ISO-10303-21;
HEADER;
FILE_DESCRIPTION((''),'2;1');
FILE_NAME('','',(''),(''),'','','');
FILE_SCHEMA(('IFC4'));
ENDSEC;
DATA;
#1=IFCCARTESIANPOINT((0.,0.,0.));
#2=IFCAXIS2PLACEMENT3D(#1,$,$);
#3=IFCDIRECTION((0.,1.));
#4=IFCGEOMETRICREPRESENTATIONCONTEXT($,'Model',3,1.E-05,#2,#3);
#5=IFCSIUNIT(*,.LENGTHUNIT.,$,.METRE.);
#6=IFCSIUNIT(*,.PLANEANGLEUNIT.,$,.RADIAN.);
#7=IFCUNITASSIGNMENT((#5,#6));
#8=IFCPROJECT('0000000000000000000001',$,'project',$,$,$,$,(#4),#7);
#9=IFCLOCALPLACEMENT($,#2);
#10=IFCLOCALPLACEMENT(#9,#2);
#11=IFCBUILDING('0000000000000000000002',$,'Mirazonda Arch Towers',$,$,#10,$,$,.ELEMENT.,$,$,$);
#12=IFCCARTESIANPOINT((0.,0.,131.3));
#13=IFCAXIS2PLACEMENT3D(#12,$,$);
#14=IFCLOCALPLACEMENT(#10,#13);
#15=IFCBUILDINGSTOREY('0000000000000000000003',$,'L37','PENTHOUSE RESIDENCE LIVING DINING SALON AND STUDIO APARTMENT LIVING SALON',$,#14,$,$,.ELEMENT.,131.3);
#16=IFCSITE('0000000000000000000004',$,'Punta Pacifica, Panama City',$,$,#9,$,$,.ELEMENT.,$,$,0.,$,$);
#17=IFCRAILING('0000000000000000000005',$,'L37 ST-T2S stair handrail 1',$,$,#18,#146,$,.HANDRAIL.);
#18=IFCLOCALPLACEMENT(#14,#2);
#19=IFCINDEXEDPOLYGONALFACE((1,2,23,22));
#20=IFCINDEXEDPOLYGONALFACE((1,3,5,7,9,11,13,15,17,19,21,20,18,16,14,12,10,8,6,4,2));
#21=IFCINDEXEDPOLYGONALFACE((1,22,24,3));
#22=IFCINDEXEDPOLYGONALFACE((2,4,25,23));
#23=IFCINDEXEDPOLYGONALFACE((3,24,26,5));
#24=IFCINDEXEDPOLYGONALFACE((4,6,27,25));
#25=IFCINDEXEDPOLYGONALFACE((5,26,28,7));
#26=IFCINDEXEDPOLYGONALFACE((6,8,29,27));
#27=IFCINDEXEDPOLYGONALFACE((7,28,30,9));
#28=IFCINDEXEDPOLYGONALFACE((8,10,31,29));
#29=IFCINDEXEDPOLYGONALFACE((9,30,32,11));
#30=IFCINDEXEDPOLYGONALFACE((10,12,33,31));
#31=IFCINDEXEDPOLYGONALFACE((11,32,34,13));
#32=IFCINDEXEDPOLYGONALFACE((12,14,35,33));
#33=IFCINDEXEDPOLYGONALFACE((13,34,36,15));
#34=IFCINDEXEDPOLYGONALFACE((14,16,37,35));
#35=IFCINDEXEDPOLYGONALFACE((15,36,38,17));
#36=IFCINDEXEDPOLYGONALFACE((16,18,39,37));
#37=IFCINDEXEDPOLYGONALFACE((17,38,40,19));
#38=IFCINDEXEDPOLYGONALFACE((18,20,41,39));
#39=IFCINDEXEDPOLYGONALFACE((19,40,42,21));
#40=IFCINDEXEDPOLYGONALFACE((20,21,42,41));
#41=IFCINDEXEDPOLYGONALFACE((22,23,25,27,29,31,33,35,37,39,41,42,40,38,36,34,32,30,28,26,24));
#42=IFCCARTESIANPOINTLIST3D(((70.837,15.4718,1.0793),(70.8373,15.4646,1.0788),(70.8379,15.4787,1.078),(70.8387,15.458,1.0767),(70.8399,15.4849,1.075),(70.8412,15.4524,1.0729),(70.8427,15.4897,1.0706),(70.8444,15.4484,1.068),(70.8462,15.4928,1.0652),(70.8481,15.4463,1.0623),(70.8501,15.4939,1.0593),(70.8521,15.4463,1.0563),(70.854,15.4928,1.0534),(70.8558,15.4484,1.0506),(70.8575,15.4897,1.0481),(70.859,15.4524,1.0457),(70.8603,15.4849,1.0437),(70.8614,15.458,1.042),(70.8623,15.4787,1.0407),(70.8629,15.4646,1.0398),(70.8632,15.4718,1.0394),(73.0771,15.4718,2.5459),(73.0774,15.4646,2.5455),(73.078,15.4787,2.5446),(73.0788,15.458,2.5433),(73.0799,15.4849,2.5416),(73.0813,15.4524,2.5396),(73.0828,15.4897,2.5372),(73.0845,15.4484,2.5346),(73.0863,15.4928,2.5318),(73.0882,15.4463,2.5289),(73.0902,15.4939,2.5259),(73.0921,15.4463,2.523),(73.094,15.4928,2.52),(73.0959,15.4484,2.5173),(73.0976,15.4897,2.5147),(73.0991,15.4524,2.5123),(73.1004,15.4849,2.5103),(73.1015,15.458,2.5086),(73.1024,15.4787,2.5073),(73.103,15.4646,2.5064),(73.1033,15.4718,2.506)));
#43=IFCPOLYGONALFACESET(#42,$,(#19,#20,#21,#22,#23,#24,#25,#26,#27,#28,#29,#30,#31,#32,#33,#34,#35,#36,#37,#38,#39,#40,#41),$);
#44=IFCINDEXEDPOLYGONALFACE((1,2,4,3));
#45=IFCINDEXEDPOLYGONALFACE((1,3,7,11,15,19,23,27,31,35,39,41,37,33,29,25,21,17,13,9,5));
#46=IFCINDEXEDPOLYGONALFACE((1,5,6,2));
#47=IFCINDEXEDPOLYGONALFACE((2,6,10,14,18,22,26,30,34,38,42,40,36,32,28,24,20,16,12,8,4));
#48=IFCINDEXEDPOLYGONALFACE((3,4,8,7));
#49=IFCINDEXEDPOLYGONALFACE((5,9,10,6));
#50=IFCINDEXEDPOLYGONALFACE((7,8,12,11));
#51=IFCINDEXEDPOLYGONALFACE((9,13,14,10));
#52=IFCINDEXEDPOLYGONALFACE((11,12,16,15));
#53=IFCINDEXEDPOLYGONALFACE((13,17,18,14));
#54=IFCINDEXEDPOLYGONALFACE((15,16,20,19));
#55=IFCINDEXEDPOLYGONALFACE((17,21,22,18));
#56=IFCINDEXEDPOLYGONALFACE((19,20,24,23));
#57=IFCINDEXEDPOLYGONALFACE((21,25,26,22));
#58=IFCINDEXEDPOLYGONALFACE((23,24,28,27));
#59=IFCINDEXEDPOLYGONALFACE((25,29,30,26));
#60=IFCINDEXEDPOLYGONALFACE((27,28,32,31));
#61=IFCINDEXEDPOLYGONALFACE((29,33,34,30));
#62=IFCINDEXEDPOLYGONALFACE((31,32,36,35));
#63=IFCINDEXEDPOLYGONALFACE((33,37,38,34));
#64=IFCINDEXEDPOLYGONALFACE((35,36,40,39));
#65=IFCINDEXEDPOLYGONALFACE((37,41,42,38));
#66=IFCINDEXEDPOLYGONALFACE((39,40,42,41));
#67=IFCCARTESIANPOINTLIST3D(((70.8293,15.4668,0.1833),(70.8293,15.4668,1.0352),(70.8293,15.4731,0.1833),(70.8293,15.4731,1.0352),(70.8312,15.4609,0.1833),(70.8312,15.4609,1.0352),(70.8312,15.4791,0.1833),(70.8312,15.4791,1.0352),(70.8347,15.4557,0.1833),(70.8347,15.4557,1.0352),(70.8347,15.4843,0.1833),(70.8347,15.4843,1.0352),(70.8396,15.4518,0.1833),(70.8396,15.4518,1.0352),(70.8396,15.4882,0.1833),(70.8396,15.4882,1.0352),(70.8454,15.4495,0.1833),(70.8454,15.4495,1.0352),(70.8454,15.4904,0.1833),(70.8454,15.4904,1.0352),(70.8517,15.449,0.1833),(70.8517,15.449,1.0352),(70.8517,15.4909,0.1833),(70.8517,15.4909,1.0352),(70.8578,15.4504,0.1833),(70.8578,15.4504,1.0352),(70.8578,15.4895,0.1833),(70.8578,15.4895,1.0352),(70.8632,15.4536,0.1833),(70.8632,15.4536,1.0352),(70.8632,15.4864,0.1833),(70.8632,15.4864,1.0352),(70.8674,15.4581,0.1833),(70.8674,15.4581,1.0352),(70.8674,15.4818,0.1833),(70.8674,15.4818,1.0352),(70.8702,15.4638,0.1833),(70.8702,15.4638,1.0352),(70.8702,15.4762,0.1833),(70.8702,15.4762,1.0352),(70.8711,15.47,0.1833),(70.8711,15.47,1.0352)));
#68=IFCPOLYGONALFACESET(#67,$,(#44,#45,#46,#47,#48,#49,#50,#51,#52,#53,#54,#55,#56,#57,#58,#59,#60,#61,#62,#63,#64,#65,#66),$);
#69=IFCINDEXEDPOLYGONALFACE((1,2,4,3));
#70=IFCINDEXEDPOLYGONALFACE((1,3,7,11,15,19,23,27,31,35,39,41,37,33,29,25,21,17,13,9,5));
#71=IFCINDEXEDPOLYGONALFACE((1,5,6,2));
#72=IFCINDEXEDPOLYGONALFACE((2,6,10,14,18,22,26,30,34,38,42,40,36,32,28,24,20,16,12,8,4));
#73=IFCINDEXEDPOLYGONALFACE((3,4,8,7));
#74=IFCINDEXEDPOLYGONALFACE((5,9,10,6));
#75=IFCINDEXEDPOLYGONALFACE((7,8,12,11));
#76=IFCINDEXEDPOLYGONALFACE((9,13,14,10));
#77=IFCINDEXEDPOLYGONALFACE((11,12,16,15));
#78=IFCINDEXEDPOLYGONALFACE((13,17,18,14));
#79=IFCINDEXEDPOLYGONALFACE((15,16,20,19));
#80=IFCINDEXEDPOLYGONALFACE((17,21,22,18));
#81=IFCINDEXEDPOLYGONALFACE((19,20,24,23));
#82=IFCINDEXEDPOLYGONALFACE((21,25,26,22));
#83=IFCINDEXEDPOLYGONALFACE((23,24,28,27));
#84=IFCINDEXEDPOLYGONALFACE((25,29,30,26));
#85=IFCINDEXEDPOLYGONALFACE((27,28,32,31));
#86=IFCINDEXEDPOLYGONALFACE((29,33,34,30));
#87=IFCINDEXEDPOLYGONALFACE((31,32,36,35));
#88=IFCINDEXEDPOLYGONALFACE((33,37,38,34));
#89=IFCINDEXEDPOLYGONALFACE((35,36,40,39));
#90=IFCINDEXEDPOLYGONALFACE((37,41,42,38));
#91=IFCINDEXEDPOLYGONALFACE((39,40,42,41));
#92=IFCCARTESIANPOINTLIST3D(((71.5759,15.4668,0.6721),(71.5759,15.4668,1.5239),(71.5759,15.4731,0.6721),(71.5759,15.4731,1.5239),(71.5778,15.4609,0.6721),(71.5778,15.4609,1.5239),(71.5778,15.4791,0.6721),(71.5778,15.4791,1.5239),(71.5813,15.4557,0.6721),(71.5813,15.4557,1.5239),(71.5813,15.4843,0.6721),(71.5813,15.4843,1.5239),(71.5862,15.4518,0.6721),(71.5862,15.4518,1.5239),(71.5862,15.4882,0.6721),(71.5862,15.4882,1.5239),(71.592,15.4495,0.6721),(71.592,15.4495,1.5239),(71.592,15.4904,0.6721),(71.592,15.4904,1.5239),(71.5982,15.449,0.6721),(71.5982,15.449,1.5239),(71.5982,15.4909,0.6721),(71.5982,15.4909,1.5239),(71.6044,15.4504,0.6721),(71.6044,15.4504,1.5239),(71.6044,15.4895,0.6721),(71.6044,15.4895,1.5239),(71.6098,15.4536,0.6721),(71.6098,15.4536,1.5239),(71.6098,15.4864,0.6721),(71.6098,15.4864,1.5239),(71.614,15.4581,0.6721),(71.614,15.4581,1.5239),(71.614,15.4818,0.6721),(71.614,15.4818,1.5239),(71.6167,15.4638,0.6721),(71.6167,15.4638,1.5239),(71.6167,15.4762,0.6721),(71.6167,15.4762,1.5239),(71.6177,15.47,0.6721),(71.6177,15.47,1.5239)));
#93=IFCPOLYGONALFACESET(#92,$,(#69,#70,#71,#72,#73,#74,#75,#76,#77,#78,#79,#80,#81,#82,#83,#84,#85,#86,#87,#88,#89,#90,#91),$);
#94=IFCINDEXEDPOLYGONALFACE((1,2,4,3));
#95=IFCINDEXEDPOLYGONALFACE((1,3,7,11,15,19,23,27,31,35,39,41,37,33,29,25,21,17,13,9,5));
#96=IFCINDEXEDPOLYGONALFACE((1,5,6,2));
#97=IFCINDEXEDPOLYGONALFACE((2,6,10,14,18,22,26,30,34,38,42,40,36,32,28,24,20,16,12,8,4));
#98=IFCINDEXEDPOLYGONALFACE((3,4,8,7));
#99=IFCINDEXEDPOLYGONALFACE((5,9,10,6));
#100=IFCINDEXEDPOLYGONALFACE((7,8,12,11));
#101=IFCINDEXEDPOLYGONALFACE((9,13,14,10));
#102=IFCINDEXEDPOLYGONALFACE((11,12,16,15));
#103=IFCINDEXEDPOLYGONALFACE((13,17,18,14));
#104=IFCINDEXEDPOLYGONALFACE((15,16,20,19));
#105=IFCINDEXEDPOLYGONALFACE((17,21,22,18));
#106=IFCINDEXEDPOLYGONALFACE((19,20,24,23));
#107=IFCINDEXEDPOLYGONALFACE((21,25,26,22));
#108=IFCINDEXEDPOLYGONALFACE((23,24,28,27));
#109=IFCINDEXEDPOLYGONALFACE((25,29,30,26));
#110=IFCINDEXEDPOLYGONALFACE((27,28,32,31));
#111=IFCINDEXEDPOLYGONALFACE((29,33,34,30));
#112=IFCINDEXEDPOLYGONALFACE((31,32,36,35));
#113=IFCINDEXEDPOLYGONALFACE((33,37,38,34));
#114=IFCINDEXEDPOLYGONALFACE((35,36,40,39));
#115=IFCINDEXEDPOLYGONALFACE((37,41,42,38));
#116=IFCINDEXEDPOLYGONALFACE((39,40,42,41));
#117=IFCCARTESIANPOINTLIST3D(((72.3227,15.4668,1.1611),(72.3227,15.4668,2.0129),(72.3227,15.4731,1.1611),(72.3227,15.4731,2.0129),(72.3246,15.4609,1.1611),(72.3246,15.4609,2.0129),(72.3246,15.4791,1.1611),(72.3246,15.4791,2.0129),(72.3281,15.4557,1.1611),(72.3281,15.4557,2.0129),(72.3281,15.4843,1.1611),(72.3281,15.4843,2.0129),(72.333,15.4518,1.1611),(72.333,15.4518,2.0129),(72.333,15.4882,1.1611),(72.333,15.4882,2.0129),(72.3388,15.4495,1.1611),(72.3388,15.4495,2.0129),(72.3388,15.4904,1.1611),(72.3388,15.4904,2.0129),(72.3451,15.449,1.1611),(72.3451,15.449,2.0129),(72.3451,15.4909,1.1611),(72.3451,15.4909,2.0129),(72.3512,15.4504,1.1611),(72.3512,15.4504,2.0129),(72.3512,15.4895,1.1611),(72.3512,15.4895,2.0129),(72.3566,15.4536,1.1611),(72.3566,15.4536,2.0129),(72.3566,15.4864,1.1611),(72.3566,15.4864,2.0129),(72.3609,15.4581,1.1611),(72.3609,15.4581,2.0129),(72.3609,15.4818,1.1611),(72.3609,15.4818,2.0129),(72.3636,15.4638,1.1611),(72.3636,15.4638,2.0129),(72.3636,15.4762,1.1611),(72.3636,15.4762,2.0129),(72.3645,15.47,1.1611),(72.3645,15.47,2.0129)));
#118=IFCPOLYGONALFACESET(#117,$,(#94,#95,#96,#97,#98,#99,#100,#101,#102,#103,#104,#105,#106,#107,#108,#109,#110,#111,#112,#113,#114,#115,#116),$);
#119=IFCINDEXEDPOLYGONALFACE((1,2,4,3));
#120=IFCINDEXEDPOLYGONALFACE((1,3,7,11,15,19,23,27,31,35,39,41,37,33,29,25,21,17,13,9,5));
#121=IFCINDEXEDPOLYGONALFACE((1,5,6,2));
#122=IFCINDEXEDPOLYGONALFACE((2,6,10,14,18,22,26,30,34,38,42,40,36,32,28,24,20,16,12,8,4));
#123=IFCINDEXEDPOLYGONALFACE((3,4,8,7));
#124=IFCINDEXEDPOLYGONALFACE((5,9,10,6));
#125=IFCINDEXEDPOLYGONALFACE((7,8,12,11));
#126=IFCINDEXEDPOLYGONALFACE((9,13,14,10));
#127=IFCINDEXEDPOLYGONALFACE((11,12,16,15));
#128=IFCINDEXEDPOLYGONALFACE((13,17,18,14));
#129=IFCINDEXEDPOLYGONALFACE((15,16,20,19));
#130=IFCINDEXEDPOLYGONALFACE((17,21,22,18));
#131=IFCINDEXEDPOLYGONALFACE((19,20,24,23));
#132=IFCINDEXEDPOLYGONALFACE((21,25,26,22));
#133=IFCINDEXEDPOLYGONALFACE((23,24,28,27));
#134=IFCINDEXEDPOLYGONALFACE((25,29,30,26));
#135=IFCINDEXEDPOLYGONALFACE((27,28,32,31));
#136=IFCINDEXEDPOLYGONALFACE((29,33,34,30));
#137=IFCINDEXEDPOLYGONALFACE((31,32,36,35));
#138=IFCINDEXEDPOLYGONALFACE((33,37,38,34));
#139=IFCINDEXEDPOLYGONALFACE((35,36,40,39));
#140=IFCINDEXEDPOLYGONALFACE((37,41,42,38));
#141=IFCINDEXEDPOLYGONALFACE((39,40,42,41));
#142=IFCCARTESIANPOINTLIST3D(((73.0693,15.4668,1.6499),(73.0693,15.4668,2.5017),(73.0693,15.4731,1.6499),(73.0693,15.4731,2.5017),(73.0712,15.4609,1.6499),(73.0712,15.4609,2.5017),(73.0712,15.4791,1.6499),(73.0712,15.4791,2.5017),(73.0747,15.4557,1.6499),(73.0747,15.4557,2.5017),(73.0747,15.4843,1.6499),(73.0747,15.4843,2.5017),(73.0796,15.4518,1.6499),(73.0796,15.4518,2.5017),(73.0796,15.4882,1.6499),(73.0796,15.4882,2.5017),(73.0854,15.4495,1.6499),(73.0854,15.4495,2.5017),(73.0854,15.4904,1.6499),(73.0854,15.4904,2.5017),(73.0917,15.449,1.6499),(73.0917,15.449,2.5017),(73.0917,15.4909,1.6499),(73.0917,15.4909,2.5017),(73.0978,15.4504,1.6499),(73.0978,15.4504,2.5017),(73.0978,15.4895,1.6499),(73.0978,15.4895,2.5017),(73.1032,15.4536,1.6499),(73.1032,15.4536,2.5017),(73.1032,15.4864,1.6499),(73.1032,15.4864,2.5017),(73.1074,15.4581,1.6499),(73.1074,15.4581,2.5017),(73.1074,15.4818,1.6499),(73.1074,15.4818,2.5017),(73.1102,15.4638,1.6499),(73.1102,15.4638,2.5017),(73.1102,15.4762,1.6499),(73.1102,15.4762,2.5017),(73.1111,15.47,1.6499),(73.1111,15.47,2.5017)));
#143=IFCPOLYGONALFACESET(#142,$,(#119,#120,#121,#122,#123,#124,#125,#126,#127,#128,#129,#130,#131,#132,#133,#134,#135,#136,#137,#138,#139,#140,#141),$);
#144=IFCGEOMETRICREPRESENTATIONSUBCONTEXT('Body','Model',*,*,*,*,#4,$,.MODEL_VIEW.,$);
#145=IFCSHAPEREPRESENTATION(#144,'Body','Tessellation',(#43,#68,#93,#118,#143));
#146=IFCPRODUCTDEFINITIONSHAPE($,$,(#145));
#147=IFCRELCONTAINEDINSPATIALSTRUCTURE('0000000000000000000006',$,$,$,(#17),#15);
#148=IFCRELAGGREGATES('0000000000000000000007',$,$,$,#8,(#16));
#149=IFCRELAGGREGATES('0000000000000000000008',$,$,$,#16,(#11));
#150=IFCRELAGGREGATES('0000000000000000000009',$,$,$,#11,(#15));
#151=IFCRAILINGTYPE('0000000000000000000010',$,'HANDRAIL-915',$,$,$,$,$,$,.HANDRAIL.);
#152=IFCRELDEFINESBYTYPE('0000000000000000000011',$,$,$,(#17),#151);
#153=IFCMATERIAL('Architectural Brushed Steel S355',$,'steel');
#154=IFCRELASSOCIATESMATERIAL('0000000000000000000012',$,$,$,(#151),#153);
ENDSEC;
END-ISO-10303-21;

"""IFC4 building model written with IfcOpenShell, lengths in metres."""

from ifc_helpers import new_model, si_unit, direction, frame, origin, origin_2d, place, context, subcontext, project, spatial, circle, extrude, material, type_object, element, save


model = new_model("IFC4")

# Units and contexts
model_context = context("Model", 3, precision=1e-05, world=origin(), true_north=direction((0.0, 1.0)))
body_context = subcontext(model_context, "Body", "Model", "MODEL_VIEW")
ifc_project = project(units=[si_unit("LENGTHUNIT", "METRE"), si_unit("PLANEANGLEUNIT", "RADIAN")], contexts=[model_context])

# Site, building, storey
site_placement = place(None, origin())
site = spatial("IfcSite", under=ifc_project, at=site_placement, Name="Punta Pacifica, Panama City", CompositionType="ELEMENT", RefElevation=0.0)
building_placement = place(site_placement, origin())
building = spatial("IfcBuilding", under=site, at=building_placement, Name="Mirazonda Arch Towers", CompositionType="ELEMENT")
storey_placement = place(building_placement, frame((0.0, 0.0, 131.3)))
storey = spatial("IfcBuildingStorey", under=building, at=storey_placement, Name="L37", Description="PENTHOUSE RESIDENCE LIVING DINING SALON AND STUDIO APARTMENT LIVING SALON", CompositionType="ELEMENT", Elevation=131.3)

# Railing
ifc_material_1 = material(Name="Architectural Brushed Steel S355", Category="steel")
railing_type_1 = type_object("IfcRailingType", Name="HANDRAIL-915", PredefinedType="HANDRAIL", material=ifc_material_1)
railing_1_placement = place(storey_placement, frame((70.8501, 15.47, 0.1833)))
element("IfcRailing", 1, at=railing_1_placement, inside=storey, type_object=railing_type_1, Name="L37 ST-T2S stair handrail 1", PredefinedType="HANDRAIL", context=body_context, shape_type="SweptSolid", body=[
    extrude(circle(Radius=0.0239, at=origin_2d()), frame((0.0, 0.0, 0.876), z_axis=(0.836637, 0.0, 0.547758), x_axis=(0.0, 1.0, 0.0)), (0.0, 0.0, 1.0), 2.6775),
    extrude(circle(Radius=0.021, at=origin_2d()), origin(), (0.0, 0.0, 1.0), 0.8518),
    extrude(circle(Radius=0.021, at=origin_2d()), frame((0.7466, 0.0, 0.4888)), (0.0, 0.0, 1.0), 0.8518),
    extrude(circle(Radius=0.021, at=origin_2d()), frame((1.4934, 0.0, 0.9778)), (0.0, 0.0, 1.0), 0.8518),
    extrude(circle(Radius=0.021, at=origin_2d()), frame((2.24, 0.0, 1.4666)), (0.0, 0.0, 1.0), 0.8518),
])

save(model, "model.ifc")
